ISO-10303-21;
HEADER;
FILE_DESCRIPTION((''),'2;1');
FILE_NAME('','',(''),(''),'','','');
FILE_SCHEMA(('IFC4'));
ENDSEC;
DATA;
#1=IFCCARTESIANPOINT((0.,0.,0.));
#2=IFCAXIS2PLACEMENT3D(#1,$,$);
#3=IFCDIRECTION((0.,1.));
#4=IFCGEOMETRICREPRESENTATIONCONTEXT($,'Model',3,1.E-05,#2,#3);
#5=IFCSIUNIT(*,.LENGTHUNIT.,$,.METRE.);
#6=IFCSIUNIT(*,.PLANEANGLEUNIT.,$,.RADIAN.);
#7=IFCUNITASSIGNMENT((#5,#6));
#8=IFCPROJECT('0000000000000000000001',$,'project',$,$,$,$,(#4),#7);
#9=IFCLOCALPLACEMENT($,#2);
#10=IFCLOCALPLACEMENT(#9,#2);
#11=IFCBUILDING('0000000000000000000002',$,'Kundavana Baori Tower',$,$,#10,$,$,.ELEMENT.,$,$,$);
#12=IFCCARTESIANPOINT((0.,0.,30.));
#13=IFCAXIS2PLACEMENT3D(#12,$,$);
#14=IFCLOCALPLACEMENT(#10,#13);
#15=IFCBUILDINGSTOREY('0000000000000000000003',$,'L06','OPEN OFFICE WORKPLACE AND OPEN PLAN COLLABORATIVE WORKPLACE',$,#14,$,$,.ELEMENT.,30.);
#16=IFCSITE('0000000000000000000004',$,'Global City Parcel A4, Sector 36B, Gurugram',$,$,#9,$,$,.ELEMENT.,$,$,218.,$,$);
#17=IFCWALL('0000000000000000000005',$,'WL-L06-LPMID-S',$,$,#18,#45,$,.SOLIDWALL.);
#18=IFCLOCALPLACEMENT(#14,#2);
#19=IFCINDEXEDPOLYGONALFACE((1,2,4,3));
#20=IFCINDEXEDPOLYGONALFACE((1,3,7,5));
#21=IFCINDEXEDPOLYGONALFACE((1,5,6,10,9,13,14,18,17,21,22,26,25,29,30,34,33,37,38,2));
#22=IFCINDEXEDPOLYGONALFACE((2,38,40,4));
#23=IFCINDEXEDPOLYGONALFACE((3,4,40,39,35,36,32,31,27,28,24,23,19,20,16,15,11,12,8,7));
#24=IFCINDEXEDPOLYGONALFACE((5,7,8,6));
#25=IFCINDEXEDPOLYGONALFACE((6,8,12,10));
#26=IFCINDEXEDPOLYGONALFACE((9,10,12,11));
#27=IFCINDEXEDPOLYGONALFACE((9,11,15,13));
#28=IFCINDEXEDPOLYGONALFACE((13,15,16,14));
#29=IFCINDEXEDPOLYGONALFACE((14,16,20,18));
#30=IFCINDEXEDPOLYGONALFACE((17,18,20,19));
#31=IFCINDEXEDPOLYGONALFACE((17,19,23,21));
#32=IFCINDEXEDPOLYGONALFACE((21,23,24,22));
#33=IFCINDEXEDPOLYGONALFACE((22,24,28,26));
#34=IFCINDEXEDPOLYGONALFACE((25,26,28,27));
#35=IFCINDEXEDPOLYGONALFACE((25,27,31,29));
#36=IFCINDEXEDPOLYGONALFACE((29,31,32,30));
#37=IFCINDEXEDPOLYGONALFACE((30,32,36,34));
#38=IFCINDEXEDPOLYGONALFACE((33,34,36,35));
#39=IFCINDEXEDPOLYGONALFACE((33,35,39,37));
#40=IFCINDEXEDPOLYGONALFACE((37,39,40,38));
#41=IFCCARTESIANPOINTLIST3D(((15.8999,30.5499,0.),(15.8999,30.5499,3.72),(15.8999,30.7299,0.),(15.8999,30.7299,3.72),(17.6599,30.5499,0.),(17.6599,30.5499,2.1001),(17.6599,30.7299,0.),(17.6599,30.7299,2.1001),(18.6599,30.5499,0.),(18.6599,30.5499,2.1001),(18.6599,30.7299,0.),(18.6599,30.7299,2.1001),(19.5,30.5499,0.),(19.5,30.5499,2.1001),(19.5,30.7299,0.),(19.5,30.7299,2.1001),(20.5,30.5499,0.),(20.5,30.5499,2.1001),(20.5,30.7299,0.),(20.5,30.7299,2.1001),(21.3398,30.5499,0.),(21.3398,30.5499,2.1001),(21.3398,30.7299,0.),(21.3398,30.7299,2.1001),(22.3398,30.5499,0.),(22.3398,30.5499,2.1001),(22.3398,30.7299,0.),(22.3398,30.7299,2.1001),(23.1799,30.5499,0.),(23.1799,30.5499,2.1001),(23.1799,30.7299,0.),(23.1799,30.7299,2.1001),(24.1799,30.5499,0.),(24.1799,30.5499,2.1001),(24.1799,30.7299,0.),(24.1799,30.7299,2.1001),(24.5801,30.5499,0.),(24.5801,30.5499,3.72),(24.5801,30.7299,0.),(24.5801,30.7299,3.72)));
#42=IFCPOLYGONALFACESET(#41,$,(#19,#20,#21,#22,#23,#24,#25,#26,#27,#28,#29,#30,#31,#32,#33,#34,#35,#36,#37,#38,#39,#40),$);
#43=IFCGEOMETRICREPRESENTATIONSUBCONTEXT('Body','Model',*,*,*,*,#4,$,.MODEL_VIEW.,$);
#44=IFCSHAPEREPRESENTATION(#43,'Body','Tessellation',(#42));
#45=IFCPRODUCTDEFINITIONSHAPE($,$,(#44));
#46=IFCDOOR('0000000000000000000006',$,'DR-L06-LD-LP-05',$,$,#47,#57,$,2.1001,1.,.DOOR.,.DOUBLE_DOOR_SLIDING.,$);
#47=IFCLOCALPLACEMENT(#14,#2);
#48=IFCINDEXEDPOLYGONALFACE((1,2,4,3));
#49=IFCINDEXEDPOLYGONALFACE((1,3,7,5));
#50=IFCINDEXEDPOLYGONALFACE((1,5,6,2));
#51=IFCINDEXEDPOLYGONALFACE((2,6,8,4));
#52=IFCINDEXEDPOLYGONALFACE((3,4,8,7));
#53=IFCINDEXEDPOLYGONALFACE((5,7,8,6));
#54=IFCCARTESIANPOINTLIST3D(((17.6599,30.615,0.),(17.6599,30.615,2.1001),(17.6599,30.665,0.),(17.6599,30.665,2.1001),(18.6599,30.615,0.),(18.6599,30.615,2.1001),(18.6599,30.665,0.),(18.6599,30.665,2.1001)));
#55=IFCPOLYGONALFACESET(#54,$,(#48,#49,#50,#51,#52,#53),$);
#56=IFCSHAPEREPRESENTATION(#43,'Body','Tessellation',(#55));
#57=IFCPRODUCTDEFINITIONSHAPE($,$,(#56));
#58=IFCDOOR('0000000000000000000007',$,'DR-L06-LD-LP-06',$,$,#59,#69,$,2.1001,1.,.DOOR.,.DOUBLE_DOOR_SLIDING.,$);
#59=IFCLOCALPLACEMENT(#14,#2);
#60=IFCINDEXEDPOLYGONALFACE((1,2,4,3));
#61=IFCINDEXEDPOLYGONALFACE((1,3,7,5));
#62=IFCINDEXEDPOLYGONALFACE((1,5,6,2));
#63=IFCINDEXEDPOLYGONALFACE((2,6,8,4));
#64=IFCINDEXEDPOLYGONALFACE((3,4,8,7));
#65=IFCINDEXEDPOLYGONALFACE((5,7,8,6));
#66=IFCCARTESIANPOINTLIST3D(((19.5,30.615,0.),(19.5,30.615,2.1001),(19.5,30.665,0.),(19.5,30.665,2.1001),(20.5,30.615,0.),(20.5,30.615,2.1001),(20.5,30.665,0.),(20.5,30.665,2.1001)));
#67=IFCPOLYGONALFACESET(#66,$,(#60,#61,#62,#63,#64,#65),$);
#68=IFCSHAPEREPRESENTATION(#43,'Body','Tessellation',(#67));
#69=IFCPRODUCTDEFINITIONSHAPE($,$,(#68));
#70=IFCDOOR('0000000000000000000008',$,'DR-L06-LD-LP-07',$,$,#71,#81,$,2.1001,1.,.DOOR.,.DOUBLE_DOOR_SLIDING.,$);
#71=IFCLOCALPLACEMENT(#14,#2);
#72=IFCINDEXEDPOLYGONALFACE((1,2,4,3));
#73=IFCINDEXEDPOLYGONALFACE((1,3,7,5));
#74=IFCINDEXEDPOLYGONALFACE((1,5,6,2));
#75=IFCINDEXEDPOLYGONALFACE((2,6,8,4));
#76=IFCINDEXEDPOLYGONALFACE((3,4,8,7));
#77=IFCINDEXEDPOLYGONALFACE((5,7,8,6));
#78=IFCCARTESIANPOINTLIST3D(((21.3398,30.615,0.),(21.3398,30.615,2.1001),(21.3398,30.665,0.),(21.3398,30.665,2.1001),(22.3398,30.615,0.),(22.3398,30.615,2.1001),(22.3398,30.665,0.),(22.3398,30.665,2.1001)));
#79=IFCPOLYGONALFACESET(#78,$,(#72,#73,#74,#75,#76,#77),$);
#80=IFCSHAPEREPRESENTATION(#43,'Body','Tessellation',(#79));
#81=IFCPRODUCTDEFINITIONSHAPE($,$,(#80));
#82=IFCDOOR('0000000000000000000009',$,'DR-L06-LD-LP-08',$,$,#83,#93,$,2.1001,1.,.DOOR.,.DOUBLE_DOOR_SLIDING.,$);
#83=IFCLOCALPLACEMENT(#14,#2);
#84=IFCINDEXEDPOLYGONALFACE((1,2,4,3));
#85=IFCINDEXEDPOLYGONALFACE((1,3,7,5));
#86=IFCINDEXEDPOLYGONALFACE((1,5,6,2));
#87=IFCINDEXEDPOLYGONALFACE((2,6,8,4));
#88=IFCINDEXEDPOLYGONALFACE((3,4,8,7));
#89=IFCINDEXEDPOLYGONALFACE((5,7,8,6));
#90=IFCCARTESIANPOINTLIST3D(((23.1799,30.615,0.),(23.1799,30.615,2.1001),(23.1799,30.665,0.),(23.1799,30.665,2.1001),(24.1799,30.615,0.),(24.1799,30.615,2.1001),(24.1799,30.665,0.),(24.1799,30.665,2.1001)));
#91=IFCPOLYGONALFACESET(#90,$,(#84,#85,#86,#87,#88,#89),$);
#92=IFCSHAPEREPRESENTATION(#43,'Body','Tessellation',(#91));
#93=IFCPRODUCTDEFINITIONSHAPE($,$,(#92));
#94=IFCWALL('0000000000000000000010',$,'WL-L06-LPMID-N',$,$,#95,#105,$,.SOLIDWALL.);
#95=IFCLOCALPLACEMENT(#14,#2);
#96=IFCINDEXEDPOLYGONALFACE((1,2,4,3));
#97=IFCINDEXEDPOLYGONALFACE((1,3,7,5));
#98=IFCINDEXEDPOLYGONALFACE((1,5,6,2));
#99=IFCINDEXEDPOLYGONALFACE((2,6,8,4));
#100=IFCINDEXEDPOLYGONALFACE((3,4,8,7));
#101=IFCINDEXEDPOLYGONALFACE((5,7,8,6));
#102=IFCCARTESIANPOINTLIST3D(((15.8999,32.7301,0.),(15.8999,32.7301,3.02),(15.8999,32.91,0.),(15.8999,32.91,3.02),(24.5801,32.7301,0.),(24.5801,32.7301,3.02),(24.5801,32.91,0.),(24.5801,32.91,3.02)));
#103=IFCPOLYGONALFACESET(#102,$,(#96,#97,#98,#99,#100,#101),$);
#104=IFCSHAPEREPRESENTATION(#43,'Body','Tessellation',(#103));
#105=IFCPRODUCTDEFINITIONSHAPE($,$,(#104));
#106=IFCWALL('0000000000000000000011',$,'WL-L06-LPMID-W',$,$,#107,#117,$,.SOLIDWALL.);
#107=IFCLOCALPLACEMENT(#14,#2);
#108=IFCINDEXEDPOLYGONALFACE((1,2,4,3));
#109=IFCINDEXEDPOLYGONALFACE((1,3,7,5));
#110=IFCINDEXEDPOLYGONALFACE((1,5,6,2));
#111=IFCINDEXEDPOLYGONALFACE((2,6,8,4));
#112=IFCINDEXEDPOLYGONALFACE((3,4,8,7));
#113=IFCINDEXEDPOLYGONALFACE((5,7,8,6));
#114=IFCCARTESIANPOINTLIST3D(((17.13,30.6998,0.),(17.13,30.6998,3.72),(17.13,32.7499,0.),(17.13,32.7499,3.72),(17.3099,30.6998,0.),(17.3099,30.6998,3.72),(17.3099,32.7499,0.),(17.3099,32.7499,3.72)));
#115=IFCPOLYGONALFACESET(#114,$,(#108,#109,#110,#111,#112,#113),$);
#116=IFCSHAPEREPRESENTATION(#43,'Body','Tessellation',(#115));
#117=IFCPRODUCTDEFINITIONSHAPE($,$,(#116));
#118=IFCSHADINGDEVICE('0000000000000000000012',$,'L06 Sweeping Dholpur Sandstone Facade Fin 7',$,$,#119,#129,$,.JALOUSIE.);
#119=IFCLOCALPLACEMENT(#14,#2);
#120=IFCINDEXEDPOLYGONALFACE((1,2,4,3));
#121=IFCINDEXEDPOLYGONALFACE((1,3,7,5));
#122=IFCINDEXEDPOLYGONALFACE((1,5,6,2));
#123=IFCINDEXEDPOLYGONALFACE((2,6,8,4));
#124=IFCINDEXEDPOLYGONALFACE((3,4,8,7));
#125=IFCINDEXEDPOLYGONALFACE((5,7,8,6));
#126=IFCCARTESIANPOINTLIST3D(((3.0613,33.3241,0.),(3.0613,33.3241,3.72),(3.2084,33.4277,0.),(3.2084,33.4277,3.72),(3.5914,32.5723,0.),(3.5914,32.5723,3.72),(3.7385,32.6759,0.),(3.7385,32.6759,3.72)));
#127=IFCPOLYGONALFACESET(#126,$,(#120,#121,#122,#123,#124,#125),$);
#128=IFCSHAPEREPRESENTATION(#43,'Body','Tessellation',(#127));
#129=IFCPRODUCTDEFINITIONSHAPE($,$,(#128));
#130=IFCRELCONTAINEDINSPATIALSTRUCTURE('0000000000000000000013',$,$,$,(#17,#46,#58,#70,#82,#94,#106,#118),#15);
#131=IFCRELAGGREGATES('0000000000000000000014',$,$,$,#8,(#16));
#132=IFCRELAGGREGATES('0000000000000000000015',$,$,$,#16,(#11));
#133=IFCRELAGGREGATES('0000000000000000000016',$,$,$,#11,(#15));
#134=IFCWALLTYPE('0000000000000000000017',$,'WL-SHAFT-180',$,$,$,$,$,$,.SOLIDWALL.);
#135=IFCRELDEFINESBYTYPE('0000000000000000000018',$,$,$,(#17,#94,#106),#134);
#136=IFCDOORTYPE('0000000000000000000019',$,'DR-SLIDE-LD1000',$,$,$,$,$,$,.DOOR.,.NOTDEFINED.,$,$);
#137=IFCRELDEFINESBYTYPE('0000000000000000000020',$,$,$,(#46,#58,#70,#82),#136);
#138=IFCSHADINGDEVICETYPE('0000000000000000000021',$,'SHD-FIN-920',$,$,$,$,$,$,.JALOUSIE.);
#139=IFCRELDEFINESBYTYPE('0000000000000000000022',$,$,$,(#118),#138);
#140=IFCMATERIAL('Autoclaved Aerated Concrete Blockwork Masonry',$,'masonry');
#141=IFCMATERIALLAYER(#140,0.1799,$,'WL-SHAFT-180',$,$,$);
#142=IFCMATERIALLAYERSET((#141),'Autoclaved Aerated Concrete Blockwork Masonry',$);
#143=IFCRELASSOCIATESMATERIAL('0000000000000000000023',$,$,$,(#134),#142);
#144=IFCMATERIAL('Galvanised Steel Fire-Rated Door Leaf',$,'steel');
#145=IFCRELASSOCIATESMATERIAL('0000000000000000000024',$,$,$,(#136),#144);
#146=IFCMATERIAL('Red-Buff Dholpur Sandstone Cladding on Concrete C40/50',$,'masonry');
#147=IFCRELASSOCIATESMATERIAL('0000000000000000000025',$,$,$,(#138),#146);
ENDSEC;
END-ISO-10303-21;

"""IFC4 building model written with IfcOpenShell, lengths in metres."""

from ifc_helpers import new_model, si_unit, direction, frame, frame_2d, origin, origin_2d, place, context, subcontext, project, spatial, rectangle, extrude, material, layer, layer_set, type_object, element, fill, save


model = new_model("IFC4")

# Units and contexts
model_context = context("Model", 3, precision=1e-05, world=origin(), true_north=direction((0.0, 1.0)))
body_context = subcontext(model_context, "Body", "Model", "MODEL_VIEW")
ifc_project = project(units=[si_unit("LENGTHUNIT", "METRE"), si_unit("PLANEANGLEUNIT", "RADIAN")], contexts=[model_context])

# Site, building, storey
site_placement = place(None, origin())
site = spatial("IfcSite", under=ifc_project, at=site_placement, Name="Global City Parcel A4, Sector 36B, Gurugram", CompositionType="ELEMENT", RefElevation=218.0)
building_placement = place(site_placement, origin())
building = spatial("IfcBuilding", under=site, at=building_placement, Name="Kundavana Baori Tower", CompositionType="ELEMENT")
storey_placement = place(building_placement, frame((0.0, 0.0, 30.0)))
storey = spatial("IfcBuildingStorey", under=building, at=storey_placement, Name="L06", Description="OPEN OFFICE WORKPLACE AND OPEN PLAN COLLABORATIVE WORKPLACE", CompositionType="ELEMENT", Elevation=30.0)

# Wall, openings, doors
ifc_material_1 = material(Name="Autoclaved Aerated Concrete Blockwork Masonry", Category="masonry")
ifc_layer_1 = layer(ifc_material_1, 0.1799, Name="WL-SHAFT-180")
ifc_layer_set_1 = layer_set([ifc_layer_1], Name="Autoclaved Aerated Concrete Blockwork Masonry")
wall_type_1 = type_object("IfcWallType", Name="WL-SHAFT-180", PredefinedType="SOLIDWALL", material=ifc_layer_set_1)
wall_1_placement = place(storey_placement, frame((15.8999, 30.6399, 0.0), z_axis=(0.0, 0.0, 1.0), x_axis=(1.0, 0.0, 0.0)))
wall_1 = element("IfcWall", 1, at=wall_1_placement, inside=storey, type_object=wall_type_1, Name="WL-L06-LPMID-S", PredefinedType="SOLIDWALL", context=body_context, shape_type="SweptSolid", body=[
    extrude(rectangle(XDim=8.6802, YDim=0.1799, at=frame_2d((4.3401, 0.0))), origin(), (0.0, 0.0, 1.0), 3.72),
])
opening_1_placement = place(wall_1_placement, frame((1.76, 0.0, 0.0)))
opening_1 = element("IfcOpeningElement", 2, at=opening_1_placement, cuts=wall_1, PredefinedType="OPENING", context=body_context, shape_type="SweptSolid", body=[
    extrude(rectangle(XDim=1.0, YDim=2.1001, at=frame_2d((0.5, 1.05))), frame((0.0, 0.1001, 0.0), z_axis=(0.0, -1.0, 0.0), x_axis=(1.0, 0.0, 0.0)), (0.0, 0.0, 1.0), 0.2),
])
opening_2_placement = place(wall_1_placement, frame((3.6001, 0.0, 0.0)))
opening_2 = element("IfcOpeningElement", 3, at=opening_2_placement, cuts=wall_1, PredefinedType="OPENING", context=body_context, shape_type="SweptSolid", body=[
    extrude(rectangle(XDim=1.0, YDim=2.1001, at=frame_2d((0.5, 1.05))), frame((0.0, 0.1001, 0.0), z_axis=(0.0, -1.0, 0.0), x_axis=(1.0, 0.0, 0.0)), (0.0, 0.0, 1.0), 0.2),
])
opening_3_placement = place(wall_1_placement, frame((5.4399, 0.0, 0.0)))
opening_3 = element("IfcOpeningElement", 4, at=opening_3_placement, cuts=wall_1, PredefinedType="OPENING", context=body_context, shape_type="SweptSolid", body=[
    extrude(rectangle(XDim=1.0, YDim=2.1001, at=frame_2d((0.5, 1.05))), frame((0.0, 0.1001, 0.0), z_axis=(0.0, -1.0, 0.0), x_axis=(1.0, 0.0, 0.0)), (0.0, 0.0, 1.0), 0.2),
])
opening_4_placement = place(wall_1_placement, frame((7.28, 0.0, 0.0)))
opening_4 = element("IfcOpeningElement", 5, at=opening_4_placement, cuts=wall_1, PredefinedType="OPENING", context=body_context, shape_type="SweptSolid", body=[
    extrude(rectangle(XDim=1.0, YDim=2.1001, at=frame_2d((0.5, 1.05))), frame((0.0, 0.1001, 0.0), z_axis=(0.0, -1.0, 0.0), x_axis=(1.0, 0.0, 0.0)), (0.0, 0.0, 1.0), 0.2),
])
ifc_material_2 = material(Name="Galvanised Steel Fire-Rated Door Leaf", Category="steel")
door_type = type_object("IfcDoorType", Name="DR-SLIDE-LD1000", OperationType="NOTDEFINED", PredefinedType="DOOR", material=ifc_material_2)
door_1_placement = place(opening_1_placement, frame((1.0, 0.0, 0.0), z_axis=(0.0, 0.0, 1.0), x_axis=(-1.0, 0.0, 0.0)))
door_1 = element("IfcDoor", 6, at=door_1_placement, inside=storey, type_object=door_type, Name="DR-L06-LD-LP-05", OperationType="DOUBLE_DOOR_SLIDING", OverallHeight=2.1001, OverallWidth=1.0, PredefinedType="DOOR", context=body_context, shape_type="SweptSolid", body=[
    extrude(rectangle(XDim=1.0, YDim=2.1001, at=frame_2d((0.5, 1.05))), frame((0.0, 0.0249, 0.0), z_axis=(0.0, -1.0, 0.0), x_axis=(1.0, 0.0, 0.0)), (0.0, 0.0, 1.0), 0.05),
])
fill(opening_1, door_1)
door_2_placement = place(opening_2_placement, frame((1.0, 0.0, 0.0), z_axis=(0.0, 0.0, 1.0), x_axis=(-1.0, 0.0, 0.0)))
door_2 = element("IfcDoor", 7, at=door_2_placement, inside=storey, type_object=door_type, Name="DR-L06-LD-LP-06", OperationType="DOUBLE_DOOR_SLIDING", OverallHeight=2.1001, OverallWidth=1.0, PredefinedType="DOOR", context=body_context, shape_type="SweptSolid", body=[
    extrude(rectangle(XDim=1.0, YDim=2.1001, at=frame_2d((0.5, 1.05))), frame((0.0, 0.0249, 0.0), z_axis=(0.0, -1.0, 0.0), x_axis=(1.0, 0.0, 0.0)), (0.0, 0.0, 1.0), 0.05),
])
fill(opening_2, door_2)
door_3_placement = place(opening_3_placement, frame((1.0, 0.0, 0.0), z_axis=(0.0, 0.0, 1.0), x_axis=(-1.0, 0.0, 0.0)))
door_3 = element("IfcDoor", 8, at=door_3_placement, inside=storey, type_object=door_type, Name="DR-L06-LD-LP-07", OperationType="DOUBLE_DOOR_SLIDING", OverallHeight=2.1001, OverallWidth=1.0, PredefinedType="DOOR", context=body_context, shape_type="SweptSolid", body=[
    extrude(rectangle(XDim=1.0, YDim=2.1001, at=frame_2d((0.5, 1.05))), frame((0.0, 0.0249, 0.0), z_axis=(0.0, -1.0, 0.0), x_axis=(1.0, 0.0, 0.0)), (0.0, 0.0, 1.0), 0.05),
])
fill(opening_3, door_3)
door_4_placement = place(opening_4_placement, frame((1.0, 0.0, 0.0), z_axis=(0.0, 0.0, 1.0), x_axis=(-1.0, 0.0, 0.0)))
door_4 = element("IfcDoor", 9, at=door_4_placement, inside=storey, type_object=door_type, Name="DR-L06-LD-LP-08", OperationType="DOUBLE_DOOR_SLIDING", OverallHeight=2.1001, OverallWidth=1.0, PredefinedType="DOOR", context=body_context, shape_type="SweptSolid", body=[
    extrude(rectangle(XDim=1.0, YDim=2.1001, at=frame_2d((0.5, 1.05))), frame((0.0, 0.0249, 0.0), z_axis=(0.0, -1.0, 0.0), x_axis=(1.0, 0.0, 0.0)), (0.0, 0.0, 1.0), 0.05),
])
fill(opening_4, door_4)

# Walls
wall_2_placement = place(storey_placement, frame((15.8999, 32.8201, 0.0), z_axis=(0.0, 0.0, 1.0), x_axis=(1.0, 0.0, 0.0)))
element("IfcWall", 10, at=wall_2_placement, inside=storey, type_object=wall_type_1, Name="WL-L06-LPMID-N", PredefinedType="SOLIDWALL", context=body_context, shape_type="SweptSolid", body=[
    extrude(rectangle(XDim=8.6802, YDim=0.1799, at=frame_2d((4.3401, 0.0))), origin(), (0.0, 0.0, 1.0), 3.02),
])
wall_3_placement = place(storey_placement, frame((17.22, 30.7, 0.0), z_axis=(0.0, 0.0, 1.0), x_axis=(0.0, 1.0, 0.0)))
element("IfcWall", 11, at=wall_3_placement, inside=storey, type_object=wall_type_1, Name="WL-L06-LPMID-W", PredefinedType="SOLIDWALL", context=body_context, shape_type="SweptSolid", body=[
    extrude(rectangle(XDim=2.05, YDim=0.1799, at=frame_2d((1.0249, 0.0))), origin(), (0.0, 0.0, 1.0), 3.72),
])

# Shading device
ifc_material_3 = material(Name="Red-Buff Dholpur Sandstone Cladding on Concrete C40/50", Category="masonry")
shading_device_type = type_object("IfcShadingDeviceType", Name="SHD-FIN-920", PredefinedType="JALOUSIE", material=ifc_material_3)
shading_device_placement = place(storey_placement, frame((3.3999, 33.0, 0.0), z_axis=(0.0, 0.0, 1.0), x_axis=(0.817245, 0.57629, 0.0)))
element("IfcShadingDevice", 12, at=shading_device_placement, inside=storey, type_object=shading_device_type, Name="L06 Sweeping Dholpur Sandstone Facade Fin 7", PredefinedType="JALOUSIE", context=body_context, shape_type="SweptSolid", body=[
    extrude(rectangle(XDim=0.1799, YDim=0.9199, at=origin_2d()), origin(), (0.0, 0.0, 1.0), 3.72),
])

save(model, "model.ifc")
